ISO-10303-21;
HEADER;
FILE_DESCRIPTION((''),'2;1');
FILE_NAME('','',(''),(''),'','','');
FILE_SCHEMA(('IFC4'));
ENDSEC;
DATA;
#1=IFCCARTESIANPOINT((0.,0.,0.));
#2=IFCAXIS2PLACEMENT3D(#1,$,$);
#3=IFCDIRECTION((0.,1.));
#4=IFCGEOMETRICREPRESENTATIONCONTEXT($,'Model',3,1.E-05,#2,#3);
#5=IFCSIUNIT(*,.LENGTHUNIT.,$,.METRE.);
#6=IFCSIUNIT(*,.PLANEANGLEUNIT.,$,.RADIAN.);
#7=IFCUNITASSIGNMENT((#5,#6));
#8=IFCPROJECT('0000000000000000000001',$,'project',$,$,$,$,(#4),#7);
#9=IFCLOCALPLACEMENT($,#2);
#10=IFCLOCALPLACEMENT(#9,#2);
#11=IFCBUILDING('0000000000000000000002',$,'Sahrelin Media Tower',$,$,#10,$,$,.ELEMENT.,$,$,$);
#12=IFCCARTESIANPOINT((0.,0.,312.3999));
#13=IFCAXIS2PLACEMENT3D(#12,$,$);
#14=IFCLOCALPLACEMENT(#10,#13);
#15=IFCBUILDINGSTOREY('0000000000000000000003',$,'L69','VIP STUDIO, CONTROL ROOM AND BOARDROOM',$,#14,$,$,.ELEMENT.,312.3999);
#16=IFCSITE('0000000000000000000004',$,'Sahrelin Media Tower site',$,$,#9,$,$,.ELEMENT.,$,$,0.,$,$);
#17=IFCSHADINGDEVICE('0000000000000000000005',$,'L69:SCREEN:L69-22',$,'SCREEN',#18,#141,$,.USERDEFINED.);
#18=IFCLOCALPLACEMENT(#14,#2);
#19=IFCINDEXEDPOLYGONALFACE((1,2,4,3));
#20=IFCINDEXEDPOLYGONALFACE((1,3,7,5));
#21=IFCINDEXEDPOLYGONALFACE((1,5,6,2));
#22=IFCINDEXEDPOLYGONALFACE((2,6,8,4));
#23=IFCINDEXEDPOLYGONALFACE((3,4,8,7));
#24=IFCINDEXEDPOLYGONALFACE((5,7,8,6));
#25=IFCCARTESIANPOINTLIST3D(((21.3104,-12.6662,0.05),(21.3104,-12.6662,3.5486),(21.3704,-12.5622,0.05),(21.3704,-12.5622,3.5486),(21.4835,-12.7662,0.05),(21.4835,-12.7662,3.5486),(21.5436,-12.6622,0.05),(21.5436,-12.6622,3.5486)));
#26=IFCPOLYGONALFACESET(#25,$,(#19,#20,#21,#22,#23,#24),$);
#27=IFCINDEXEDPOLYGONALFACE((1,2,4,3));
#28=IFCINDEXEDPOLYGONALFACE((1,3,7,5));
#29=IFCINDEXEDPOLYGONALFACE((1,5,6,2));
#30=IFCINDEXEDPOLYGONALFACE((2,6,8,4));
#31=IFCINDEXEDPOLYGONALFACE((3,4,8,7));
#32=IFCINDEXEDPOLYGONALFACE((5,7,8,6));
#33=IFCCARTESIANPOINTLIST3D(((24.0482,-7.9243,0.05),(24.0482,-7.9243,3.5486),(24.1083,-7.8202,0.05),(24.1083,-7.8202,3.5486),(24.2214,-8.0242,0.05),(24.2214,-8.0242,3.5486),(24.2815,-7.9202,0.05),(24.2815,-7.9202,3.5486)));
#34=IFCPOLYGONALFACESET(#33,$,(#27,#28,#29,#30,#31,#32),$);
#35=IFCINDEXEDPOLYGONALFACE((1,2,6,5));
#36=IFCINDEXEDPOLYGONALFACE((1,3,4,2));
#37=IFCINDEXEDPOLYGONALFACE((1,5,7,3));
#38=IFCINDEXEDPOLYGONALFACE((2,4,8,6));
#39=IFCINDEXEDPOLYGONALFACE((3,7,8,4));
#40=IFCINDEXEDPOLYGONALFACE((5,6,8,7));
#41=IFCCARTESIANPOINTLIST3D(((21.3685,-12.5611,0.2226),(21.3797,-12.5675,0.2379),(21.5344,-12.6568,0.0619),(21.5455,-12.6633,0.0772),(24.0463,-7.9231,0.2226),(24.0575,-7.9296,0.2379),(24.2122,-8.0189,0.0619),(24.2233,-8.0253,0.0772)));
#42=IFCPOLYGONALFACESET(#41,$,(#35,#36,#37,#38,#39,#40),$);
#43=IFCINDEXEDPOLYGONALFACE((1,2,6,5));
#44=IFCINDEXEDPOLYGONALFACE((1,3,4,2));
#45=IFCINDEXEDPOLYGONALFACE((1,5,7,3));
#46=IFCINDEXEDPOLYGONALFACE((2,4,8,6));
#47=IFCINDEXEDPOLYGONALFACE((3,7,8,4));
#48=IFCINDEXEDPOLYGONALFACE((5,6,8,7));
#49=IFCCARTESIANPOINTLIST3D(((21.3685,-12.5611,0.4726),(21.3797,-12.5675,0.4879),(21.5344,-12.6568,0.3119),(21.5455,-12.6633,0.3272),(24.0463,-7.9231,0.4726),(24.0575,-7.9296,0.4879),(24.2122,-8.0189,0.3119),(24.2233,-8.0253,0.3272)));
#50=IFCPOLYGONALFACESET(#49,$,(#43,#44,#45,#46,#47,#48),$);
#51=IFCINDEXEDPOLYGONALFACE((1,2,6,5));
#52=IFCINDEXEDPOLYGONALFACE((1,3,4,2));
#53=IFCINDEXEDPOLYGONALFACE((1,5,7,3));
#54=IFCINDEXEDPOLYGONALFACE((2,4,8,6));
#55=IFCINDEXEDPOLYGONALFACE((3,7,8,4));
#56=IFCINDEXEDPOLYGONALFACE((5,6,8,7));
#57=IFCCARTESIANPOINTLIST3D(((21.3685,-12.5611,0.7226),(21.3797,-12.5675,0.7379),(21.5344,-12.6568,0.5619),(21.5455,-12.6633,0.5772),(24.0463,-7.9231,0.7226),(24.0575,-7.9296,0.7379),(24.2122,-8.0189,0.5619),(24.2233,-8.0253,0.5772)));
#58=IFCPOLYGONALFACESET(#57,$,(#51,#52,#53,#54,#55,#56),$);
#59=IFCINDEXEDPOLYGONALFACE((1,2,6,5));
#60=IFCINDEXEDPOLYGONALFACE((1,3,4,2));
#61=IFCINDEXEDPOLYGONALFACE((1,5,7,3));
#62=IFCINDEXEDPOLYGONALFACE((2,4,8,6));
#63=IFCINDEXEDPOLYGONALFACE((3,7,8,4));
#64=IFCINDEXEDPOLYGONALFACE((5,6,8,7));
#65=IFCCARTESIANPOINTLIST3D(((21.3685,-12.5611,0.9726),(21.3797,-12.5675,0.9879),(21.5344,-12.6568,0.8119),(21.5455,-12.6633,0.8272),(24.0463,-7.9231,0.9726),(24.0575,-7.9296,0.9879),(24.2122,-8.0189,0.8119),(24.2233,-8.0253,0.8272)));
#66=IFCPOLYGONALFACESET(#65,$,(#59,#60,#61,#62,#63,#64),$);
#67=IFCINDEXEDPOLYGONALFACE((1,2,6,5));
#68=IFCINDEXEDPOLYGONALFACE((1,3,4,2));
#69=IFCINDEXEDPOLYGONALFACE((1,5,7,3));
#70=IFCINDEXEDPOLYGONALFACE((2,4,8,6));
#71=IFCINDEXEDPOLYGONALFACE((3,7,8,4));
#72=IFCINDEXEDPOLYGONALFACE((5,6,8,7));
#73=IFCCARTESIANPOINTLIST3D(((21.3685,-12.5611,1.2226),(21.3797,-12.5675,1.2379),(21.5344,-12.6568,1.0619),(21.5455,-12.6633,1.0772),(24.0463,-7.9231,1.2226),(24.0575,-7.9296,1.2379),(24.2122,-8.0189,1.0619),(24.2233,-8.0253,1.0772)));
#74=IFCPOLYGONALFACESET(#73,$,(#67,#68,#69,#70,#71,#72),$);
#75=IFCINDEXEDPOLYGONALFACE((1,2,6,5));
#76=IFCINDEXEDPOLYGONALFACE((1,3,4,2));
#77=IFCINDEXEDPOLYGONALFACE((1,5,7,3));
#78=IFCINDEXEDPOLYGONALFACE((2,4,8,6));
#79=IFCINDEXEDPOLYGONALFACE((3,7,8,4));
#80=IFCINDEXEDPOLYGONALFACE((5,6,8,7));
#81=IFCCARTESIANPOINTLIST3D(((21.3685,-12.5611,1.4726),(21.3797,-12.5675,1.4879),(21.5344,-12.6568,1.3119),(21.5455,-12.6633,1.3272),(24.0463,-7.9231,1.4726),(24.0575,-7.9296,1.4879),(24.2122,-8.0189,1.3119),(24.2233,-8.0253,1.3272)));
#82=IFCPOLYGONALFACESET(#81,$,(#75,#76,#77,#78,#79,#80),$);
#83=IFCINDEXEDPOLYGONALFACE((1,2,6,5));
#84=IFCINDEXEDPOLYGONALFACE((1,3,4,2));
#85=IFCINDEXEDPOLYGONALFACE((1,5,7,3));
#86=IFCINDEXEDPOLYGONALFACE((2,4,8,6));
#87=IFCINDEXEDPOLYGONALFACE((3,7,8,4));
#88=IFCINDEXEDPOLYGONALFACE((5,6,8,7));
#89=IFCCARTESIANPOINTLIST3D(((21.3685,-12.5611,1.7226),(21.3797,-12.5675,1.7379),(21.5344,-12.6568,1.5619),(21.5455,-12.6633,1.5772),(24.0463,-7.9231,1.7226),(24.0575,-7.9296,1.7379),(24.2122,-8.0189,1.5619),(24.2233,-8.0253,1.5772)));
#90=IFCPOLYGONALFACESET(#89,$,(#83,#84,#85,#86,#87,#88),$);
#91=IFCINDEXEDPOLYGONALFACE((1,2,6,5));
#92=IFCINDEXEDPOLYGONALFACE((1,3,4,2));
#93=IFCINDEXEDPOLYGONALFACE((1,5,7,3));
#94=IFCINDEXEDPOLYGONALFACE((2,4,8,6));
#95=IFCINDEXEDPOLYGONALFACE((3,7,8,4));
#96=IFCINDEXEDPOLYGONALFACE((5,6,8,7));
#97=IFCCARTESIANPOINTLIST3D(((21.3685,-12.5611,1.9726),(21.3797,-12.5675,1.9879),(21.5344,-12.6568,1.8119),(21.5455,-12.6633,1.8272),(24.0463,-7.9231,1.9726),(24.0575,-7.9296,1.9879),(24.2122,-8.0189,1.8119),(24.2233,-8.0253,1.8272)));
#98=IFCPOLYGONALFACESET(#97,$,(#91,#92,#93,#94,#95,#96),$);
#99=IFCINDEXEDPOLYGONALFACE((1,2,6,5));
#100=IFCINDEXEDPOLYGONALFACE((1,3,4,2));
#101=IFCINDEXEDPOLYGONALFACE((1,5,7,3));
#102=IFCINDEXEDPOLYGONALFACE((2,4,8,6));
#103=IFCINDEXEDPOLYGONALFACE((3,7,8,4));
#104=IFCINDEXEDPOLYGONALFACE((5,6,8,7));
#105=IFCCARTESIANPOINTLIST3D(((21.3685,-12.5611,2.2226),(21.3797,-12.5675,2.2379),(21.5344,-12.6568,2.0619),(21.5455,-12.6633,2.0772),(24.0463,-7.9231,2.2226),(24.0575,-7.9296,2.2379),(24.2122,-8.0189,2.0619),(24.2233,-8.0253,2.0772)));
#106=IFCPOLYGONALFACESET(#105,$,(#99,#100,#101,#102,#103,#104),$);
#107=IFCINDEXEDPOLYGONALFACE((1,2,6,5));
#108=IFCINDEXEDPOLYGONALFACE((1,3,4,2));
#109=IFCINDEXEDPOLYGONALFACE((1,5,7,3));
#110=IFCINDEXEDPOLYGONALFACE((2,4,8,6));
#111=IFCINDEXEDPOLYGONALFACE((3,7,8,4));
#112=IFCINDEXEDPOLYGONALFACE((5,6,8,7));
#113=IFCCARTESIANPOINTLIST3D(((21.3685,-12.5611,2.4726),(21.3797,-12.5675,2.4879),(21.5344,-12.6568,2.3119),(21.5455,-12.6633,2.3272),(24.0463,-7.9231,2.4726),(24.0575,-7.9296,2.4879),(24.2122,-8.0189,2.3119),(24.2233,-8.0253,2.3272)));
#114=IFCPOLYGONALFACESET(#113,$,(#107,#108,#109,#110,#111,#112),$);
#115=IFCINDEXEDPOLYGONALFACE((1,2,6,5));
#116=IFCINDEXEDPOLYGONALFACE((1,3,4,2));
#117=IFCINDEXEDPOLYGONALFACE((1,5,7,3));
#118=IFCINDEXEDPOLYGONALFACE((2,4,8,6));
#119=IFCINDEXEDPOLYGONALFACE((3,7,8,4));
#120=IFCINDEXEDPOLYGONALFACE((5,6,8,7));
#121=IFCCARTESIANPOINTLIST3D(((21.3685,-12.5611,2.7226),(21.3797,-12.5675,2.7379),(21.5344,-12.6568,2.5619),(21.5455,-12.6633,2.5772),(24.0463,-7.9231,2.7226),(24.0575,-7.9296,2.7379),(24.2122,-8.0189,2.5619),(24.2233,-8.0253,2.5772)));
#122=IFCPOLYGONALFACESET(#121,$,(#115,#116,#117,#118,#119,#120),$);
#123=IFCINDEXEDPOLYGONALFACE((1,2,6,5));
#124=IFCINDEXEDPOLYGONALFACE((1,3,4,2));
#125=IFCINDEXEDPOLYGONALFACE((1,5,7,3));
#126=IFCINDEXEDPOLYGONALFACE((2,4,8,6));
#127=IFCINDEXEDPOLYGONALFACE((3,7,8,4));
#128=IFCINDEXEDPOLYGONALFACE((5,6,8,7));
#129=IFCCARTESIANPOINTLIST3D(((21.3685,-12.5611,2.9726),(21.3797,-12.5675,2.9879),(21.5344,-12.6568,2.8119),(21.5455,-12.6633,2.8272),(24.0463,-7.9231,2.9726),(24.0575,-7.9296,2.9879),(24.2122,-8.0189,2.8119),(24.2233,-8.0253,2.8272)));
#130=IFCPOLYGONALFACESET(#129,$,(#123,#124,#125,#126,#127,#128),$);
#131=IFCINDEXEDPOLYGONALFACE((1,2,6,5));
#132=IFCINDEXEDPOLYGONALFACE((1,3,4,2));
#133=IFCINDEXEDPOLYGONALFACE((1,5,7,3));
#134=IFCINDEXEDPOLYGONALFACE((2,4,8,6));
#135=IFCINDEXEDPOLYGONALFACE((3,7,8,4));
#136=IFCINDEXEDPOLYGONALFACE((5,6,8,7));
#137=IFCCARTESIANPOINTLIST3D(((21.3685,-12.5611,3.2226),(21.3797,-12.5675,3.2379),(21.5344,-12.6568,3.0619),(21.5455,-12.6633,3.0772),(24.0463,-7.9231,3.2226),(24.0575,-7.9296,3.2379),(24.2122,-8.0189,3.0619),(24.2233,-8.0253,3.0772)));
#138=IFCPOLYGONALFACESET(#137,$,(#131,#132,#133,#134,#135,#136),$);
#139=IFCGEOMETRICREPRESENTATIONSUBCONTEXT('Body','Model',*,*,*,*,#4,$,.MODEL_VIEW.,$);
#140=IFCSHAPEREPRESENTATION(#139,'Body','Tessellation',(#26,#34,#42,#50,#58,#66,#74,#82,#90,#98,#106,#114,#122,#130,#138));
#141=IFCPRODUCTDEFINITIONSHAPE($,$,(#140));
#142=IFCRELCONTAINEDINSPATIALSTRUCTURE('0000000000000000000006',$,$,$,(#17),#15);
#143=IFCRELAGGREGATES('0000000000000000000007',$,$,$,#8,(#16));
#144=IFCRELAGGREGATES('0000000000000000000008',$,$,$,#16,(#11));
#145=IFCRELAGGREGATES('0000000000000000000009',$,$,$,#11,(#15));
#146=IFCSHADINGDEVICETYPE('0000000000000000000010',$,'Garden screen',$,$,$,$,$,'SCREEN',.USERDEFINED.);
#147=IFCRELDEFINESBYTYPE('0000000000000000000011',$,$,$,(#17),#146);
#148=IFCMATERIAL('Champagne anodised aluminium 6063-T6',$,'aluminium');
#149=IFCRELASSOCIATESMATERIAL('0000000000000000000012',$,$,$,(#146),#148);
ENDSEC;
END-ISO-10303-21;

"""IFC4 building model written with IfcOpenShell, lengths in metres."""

from ifc_helpers import new_model, si_unit, direction, frame, origin, origin_2d, place, context, subcontext, project, spatial, rectangle, extrude, material, type_object, element, save


model = new_model("IFC4")

# Units and contexts
model_context = context("Model", 3, precision=1e-05, world=origin(), true_north=direction((0.0, 1.0)))
body_context = subcontext(model_context, "Body", "Model", "MODEL_VIEW")
ifc_project = project(units=[si_unit("LENGTHUNIT", "METRE"), si_unit("PLANEANGLEUNIT", "RADIAN")], contexts=[model_context])

# Site, building, storey
site_placement = place(None, origin())
site = spatial("IfcSite", under=ifc_project, at=site_placement, Name="Sahrelin Media Tower site", CompositionType="ELEMENT", RefElevation=0.0)
building_placement = place(site_placement, origin())
building = spatial("IfcBuilding", under=site, at=building_placement, Name="Sahrelin Media Tower", CompositionType="ELEMENT")
storey_placement = place(building_placement, frame((0.0, 0.0, 312.3999)))
storey = spatial("IfcBuildingStorey", under=building, at=storey_placement, Name="L69", Description="VIP STUDIO, CONTROL ROOM AND BOARDROOM", CompositionType="ELEMENT", Elevation=312.3999)

# Shading device
ifc_material_1 = material(Name="Champagne anodised aluminium 6063-T6", Category="aluminium")
shading_device_type = type_object("IfcShadingDeviceType", Name="Garden screen", ElementType="SCREEN", PredefinedType="USERDEFINED", material=ifc_material_1)
shading_device_1_placement = place(storey_placement, frame((22.7092, -10.2432, 0.0), z_axis=(0.0, 0.0, 1.0), x_axis=(-0.500011, -0.866019, 0.0)))
element("IfcShadingDevice", 1, at=shading_device_1_placement, inside=storey, type_object=shading_device_type, Name="L69:SCREEN:L69-22", ObjectType="SCREEN", PredefinedType="USERDEFINED", context=body_context, shape_type="SweptSolid", body=[
    extrude(rectangle(XDim=0.1201, YDim=0.2, at=origin_2d()), frame((2.7378, 0.1001, 0.05), z_axis=(0.0, 0.0, 1.0), x_axis=(1.0, 0.0, 0.0)), (0.0, 0.0, 1.0), 3.4985),
    extrude(rectangle(XDim=0.1201, YDim=0.2, at=origin_2d()), frame((-2.7378, 0.1001, 0.05), z_axis=(0.0, 0.0, 1.0), x_axis=(1.0, 0.0, 0.0)), (0.0, 0.0, 1.0), 3.4985),
    extrude(rectangle(XDim=0.25, YDim=0.02, at=origin_2d()), frame((2.6777, 0.1001, 0.1499), z_axis=(-1.0, 0.0, 0.0), x_axis=(0.0, -0.766044, 0.642788)), (0.0, 0.0, 1.0), 5.3555),
    extrude(rectangle(XDim=0.25, YDim=0.02, at=origin_2d()), frame((2.6777, 0.1001, 0.3999), z_axis=(-1.0, 0.0, 0.0), x_axis=(0.0, -0.766044, 0.642788)), (0.0, 0.0, 1.0), 5.3555),
    extrude(rectangle(XDim=0.25, YDim=0.02, at=origin_2d()), frame((2.6777, 0.1001, 0.6499), z_axis=(-1.0, 0.0, 0.0), x_axis=(0.0, -0.766044, 0.642788)), (0.0, 0.0, 1.0), 5.3555),
    extrude(rectangle(XDim=0.25, YDim=0.02, at=origin_2d()), frame((2.6777, 0.1001, 0.8999), z_axis=(-1.0, 0.0, 0.0), x_axis=(0.0, -0.766044, 0.642788)), (0.0, 0.0, 1.0), 5.3555),
    extrude(rectangle(XDim=0.25, YDim=0.02, at=origin_2d()), frame((2.6777, 0.1001, 1.1499), z_axis=(-1.0, 0.0, 0.0), x_axis=(0.0, -0.766044, 0.642788)), (0.0, 0.0, 1.0), 5.3555),
    extrude(rectangle(XDim=0.25, YDim=0.02, at=origin_2d()), frame((2.6777, 0.1001, 1.3999), z_axis=(-1.0, 0.0, 0.0), x_axis=(0.0, -0.766044, 0.642788)), (0.0, 0.0, 1.0), 5.3555),
    extrude(rectangle(XDim=0.25, YDim=0.02, at=origin_2d()), frame((2.6777, 0.1001, 1.6499), z_axis=(-1.0, 0.0, 0.0), x_axis=(0.0, -0.766044, 0.642788)), (0.0, 0.0, 1.0), 5.3555),
    extrude(rectangle(XDim=0.25, YDim=0.02, at=origin_2d()), frame((2.6777, 0.1001, 1.8999), z_axis=(-1.0, 0.0, 0.0), x_axis=(0.0, -0.766044, 0.642788)), (0.0, 0.0, 1.0), 5.3555),
    extrude(rectangle(XDim=0.25, YDim=0.02, at=origin_2d()), frame((2.6777, 0.1001, 2.1499), z_axis=(-1.0, 0.0, 0.0), x_axis=(0.0, -0.766044, 0.642788)), (0.0, 0.0, 1.0), 5.3555),
    extrude(rectangle(XDim=0.25, YDim=0.02, at=origin_2d()), frame((2.6777, 0.1001, 2.3999), z_axis=(-1.0, 0.0, 0.0), x_axis=(0.0, -0.766044, 0.642788)), (0.0, 0.0, 1.0), 5.3555),
    extrude(rectangle(XDim=0.25, YDim=0.02, at=origin_2d()), frame((2.6777, 0.1001, 2.6499), z_axis=(-1.0, 0.0, 0.0), x_axis=(0.0, -0.766044, 0.642788)), (0.0, 0.0, 1.0), 5.3555),
    extrude(rectangle(XDim=0.25, YDim=0.02, at=origin_2d()), frame((2.6777, 0.1001, 2.8999), z_axis=(-1.0, 0.0, 0.0), x_axis=(0.0, -0.766044, 0.642788)), (0.0, 0.0, 1.0), 5.3555),
    extrude(rectangle(XDim=0.25, YDim=0.02, at=origin_2d()), frame((2.6777, 0.1001, 3.1499), z_axis=(-1.0, 0.0, 0.0), x_axis=(0.0, -0.766044, 0.642788)), (0.0, 0.0, 1.0), 5.3555),
])

save(model, "model.ifc")
